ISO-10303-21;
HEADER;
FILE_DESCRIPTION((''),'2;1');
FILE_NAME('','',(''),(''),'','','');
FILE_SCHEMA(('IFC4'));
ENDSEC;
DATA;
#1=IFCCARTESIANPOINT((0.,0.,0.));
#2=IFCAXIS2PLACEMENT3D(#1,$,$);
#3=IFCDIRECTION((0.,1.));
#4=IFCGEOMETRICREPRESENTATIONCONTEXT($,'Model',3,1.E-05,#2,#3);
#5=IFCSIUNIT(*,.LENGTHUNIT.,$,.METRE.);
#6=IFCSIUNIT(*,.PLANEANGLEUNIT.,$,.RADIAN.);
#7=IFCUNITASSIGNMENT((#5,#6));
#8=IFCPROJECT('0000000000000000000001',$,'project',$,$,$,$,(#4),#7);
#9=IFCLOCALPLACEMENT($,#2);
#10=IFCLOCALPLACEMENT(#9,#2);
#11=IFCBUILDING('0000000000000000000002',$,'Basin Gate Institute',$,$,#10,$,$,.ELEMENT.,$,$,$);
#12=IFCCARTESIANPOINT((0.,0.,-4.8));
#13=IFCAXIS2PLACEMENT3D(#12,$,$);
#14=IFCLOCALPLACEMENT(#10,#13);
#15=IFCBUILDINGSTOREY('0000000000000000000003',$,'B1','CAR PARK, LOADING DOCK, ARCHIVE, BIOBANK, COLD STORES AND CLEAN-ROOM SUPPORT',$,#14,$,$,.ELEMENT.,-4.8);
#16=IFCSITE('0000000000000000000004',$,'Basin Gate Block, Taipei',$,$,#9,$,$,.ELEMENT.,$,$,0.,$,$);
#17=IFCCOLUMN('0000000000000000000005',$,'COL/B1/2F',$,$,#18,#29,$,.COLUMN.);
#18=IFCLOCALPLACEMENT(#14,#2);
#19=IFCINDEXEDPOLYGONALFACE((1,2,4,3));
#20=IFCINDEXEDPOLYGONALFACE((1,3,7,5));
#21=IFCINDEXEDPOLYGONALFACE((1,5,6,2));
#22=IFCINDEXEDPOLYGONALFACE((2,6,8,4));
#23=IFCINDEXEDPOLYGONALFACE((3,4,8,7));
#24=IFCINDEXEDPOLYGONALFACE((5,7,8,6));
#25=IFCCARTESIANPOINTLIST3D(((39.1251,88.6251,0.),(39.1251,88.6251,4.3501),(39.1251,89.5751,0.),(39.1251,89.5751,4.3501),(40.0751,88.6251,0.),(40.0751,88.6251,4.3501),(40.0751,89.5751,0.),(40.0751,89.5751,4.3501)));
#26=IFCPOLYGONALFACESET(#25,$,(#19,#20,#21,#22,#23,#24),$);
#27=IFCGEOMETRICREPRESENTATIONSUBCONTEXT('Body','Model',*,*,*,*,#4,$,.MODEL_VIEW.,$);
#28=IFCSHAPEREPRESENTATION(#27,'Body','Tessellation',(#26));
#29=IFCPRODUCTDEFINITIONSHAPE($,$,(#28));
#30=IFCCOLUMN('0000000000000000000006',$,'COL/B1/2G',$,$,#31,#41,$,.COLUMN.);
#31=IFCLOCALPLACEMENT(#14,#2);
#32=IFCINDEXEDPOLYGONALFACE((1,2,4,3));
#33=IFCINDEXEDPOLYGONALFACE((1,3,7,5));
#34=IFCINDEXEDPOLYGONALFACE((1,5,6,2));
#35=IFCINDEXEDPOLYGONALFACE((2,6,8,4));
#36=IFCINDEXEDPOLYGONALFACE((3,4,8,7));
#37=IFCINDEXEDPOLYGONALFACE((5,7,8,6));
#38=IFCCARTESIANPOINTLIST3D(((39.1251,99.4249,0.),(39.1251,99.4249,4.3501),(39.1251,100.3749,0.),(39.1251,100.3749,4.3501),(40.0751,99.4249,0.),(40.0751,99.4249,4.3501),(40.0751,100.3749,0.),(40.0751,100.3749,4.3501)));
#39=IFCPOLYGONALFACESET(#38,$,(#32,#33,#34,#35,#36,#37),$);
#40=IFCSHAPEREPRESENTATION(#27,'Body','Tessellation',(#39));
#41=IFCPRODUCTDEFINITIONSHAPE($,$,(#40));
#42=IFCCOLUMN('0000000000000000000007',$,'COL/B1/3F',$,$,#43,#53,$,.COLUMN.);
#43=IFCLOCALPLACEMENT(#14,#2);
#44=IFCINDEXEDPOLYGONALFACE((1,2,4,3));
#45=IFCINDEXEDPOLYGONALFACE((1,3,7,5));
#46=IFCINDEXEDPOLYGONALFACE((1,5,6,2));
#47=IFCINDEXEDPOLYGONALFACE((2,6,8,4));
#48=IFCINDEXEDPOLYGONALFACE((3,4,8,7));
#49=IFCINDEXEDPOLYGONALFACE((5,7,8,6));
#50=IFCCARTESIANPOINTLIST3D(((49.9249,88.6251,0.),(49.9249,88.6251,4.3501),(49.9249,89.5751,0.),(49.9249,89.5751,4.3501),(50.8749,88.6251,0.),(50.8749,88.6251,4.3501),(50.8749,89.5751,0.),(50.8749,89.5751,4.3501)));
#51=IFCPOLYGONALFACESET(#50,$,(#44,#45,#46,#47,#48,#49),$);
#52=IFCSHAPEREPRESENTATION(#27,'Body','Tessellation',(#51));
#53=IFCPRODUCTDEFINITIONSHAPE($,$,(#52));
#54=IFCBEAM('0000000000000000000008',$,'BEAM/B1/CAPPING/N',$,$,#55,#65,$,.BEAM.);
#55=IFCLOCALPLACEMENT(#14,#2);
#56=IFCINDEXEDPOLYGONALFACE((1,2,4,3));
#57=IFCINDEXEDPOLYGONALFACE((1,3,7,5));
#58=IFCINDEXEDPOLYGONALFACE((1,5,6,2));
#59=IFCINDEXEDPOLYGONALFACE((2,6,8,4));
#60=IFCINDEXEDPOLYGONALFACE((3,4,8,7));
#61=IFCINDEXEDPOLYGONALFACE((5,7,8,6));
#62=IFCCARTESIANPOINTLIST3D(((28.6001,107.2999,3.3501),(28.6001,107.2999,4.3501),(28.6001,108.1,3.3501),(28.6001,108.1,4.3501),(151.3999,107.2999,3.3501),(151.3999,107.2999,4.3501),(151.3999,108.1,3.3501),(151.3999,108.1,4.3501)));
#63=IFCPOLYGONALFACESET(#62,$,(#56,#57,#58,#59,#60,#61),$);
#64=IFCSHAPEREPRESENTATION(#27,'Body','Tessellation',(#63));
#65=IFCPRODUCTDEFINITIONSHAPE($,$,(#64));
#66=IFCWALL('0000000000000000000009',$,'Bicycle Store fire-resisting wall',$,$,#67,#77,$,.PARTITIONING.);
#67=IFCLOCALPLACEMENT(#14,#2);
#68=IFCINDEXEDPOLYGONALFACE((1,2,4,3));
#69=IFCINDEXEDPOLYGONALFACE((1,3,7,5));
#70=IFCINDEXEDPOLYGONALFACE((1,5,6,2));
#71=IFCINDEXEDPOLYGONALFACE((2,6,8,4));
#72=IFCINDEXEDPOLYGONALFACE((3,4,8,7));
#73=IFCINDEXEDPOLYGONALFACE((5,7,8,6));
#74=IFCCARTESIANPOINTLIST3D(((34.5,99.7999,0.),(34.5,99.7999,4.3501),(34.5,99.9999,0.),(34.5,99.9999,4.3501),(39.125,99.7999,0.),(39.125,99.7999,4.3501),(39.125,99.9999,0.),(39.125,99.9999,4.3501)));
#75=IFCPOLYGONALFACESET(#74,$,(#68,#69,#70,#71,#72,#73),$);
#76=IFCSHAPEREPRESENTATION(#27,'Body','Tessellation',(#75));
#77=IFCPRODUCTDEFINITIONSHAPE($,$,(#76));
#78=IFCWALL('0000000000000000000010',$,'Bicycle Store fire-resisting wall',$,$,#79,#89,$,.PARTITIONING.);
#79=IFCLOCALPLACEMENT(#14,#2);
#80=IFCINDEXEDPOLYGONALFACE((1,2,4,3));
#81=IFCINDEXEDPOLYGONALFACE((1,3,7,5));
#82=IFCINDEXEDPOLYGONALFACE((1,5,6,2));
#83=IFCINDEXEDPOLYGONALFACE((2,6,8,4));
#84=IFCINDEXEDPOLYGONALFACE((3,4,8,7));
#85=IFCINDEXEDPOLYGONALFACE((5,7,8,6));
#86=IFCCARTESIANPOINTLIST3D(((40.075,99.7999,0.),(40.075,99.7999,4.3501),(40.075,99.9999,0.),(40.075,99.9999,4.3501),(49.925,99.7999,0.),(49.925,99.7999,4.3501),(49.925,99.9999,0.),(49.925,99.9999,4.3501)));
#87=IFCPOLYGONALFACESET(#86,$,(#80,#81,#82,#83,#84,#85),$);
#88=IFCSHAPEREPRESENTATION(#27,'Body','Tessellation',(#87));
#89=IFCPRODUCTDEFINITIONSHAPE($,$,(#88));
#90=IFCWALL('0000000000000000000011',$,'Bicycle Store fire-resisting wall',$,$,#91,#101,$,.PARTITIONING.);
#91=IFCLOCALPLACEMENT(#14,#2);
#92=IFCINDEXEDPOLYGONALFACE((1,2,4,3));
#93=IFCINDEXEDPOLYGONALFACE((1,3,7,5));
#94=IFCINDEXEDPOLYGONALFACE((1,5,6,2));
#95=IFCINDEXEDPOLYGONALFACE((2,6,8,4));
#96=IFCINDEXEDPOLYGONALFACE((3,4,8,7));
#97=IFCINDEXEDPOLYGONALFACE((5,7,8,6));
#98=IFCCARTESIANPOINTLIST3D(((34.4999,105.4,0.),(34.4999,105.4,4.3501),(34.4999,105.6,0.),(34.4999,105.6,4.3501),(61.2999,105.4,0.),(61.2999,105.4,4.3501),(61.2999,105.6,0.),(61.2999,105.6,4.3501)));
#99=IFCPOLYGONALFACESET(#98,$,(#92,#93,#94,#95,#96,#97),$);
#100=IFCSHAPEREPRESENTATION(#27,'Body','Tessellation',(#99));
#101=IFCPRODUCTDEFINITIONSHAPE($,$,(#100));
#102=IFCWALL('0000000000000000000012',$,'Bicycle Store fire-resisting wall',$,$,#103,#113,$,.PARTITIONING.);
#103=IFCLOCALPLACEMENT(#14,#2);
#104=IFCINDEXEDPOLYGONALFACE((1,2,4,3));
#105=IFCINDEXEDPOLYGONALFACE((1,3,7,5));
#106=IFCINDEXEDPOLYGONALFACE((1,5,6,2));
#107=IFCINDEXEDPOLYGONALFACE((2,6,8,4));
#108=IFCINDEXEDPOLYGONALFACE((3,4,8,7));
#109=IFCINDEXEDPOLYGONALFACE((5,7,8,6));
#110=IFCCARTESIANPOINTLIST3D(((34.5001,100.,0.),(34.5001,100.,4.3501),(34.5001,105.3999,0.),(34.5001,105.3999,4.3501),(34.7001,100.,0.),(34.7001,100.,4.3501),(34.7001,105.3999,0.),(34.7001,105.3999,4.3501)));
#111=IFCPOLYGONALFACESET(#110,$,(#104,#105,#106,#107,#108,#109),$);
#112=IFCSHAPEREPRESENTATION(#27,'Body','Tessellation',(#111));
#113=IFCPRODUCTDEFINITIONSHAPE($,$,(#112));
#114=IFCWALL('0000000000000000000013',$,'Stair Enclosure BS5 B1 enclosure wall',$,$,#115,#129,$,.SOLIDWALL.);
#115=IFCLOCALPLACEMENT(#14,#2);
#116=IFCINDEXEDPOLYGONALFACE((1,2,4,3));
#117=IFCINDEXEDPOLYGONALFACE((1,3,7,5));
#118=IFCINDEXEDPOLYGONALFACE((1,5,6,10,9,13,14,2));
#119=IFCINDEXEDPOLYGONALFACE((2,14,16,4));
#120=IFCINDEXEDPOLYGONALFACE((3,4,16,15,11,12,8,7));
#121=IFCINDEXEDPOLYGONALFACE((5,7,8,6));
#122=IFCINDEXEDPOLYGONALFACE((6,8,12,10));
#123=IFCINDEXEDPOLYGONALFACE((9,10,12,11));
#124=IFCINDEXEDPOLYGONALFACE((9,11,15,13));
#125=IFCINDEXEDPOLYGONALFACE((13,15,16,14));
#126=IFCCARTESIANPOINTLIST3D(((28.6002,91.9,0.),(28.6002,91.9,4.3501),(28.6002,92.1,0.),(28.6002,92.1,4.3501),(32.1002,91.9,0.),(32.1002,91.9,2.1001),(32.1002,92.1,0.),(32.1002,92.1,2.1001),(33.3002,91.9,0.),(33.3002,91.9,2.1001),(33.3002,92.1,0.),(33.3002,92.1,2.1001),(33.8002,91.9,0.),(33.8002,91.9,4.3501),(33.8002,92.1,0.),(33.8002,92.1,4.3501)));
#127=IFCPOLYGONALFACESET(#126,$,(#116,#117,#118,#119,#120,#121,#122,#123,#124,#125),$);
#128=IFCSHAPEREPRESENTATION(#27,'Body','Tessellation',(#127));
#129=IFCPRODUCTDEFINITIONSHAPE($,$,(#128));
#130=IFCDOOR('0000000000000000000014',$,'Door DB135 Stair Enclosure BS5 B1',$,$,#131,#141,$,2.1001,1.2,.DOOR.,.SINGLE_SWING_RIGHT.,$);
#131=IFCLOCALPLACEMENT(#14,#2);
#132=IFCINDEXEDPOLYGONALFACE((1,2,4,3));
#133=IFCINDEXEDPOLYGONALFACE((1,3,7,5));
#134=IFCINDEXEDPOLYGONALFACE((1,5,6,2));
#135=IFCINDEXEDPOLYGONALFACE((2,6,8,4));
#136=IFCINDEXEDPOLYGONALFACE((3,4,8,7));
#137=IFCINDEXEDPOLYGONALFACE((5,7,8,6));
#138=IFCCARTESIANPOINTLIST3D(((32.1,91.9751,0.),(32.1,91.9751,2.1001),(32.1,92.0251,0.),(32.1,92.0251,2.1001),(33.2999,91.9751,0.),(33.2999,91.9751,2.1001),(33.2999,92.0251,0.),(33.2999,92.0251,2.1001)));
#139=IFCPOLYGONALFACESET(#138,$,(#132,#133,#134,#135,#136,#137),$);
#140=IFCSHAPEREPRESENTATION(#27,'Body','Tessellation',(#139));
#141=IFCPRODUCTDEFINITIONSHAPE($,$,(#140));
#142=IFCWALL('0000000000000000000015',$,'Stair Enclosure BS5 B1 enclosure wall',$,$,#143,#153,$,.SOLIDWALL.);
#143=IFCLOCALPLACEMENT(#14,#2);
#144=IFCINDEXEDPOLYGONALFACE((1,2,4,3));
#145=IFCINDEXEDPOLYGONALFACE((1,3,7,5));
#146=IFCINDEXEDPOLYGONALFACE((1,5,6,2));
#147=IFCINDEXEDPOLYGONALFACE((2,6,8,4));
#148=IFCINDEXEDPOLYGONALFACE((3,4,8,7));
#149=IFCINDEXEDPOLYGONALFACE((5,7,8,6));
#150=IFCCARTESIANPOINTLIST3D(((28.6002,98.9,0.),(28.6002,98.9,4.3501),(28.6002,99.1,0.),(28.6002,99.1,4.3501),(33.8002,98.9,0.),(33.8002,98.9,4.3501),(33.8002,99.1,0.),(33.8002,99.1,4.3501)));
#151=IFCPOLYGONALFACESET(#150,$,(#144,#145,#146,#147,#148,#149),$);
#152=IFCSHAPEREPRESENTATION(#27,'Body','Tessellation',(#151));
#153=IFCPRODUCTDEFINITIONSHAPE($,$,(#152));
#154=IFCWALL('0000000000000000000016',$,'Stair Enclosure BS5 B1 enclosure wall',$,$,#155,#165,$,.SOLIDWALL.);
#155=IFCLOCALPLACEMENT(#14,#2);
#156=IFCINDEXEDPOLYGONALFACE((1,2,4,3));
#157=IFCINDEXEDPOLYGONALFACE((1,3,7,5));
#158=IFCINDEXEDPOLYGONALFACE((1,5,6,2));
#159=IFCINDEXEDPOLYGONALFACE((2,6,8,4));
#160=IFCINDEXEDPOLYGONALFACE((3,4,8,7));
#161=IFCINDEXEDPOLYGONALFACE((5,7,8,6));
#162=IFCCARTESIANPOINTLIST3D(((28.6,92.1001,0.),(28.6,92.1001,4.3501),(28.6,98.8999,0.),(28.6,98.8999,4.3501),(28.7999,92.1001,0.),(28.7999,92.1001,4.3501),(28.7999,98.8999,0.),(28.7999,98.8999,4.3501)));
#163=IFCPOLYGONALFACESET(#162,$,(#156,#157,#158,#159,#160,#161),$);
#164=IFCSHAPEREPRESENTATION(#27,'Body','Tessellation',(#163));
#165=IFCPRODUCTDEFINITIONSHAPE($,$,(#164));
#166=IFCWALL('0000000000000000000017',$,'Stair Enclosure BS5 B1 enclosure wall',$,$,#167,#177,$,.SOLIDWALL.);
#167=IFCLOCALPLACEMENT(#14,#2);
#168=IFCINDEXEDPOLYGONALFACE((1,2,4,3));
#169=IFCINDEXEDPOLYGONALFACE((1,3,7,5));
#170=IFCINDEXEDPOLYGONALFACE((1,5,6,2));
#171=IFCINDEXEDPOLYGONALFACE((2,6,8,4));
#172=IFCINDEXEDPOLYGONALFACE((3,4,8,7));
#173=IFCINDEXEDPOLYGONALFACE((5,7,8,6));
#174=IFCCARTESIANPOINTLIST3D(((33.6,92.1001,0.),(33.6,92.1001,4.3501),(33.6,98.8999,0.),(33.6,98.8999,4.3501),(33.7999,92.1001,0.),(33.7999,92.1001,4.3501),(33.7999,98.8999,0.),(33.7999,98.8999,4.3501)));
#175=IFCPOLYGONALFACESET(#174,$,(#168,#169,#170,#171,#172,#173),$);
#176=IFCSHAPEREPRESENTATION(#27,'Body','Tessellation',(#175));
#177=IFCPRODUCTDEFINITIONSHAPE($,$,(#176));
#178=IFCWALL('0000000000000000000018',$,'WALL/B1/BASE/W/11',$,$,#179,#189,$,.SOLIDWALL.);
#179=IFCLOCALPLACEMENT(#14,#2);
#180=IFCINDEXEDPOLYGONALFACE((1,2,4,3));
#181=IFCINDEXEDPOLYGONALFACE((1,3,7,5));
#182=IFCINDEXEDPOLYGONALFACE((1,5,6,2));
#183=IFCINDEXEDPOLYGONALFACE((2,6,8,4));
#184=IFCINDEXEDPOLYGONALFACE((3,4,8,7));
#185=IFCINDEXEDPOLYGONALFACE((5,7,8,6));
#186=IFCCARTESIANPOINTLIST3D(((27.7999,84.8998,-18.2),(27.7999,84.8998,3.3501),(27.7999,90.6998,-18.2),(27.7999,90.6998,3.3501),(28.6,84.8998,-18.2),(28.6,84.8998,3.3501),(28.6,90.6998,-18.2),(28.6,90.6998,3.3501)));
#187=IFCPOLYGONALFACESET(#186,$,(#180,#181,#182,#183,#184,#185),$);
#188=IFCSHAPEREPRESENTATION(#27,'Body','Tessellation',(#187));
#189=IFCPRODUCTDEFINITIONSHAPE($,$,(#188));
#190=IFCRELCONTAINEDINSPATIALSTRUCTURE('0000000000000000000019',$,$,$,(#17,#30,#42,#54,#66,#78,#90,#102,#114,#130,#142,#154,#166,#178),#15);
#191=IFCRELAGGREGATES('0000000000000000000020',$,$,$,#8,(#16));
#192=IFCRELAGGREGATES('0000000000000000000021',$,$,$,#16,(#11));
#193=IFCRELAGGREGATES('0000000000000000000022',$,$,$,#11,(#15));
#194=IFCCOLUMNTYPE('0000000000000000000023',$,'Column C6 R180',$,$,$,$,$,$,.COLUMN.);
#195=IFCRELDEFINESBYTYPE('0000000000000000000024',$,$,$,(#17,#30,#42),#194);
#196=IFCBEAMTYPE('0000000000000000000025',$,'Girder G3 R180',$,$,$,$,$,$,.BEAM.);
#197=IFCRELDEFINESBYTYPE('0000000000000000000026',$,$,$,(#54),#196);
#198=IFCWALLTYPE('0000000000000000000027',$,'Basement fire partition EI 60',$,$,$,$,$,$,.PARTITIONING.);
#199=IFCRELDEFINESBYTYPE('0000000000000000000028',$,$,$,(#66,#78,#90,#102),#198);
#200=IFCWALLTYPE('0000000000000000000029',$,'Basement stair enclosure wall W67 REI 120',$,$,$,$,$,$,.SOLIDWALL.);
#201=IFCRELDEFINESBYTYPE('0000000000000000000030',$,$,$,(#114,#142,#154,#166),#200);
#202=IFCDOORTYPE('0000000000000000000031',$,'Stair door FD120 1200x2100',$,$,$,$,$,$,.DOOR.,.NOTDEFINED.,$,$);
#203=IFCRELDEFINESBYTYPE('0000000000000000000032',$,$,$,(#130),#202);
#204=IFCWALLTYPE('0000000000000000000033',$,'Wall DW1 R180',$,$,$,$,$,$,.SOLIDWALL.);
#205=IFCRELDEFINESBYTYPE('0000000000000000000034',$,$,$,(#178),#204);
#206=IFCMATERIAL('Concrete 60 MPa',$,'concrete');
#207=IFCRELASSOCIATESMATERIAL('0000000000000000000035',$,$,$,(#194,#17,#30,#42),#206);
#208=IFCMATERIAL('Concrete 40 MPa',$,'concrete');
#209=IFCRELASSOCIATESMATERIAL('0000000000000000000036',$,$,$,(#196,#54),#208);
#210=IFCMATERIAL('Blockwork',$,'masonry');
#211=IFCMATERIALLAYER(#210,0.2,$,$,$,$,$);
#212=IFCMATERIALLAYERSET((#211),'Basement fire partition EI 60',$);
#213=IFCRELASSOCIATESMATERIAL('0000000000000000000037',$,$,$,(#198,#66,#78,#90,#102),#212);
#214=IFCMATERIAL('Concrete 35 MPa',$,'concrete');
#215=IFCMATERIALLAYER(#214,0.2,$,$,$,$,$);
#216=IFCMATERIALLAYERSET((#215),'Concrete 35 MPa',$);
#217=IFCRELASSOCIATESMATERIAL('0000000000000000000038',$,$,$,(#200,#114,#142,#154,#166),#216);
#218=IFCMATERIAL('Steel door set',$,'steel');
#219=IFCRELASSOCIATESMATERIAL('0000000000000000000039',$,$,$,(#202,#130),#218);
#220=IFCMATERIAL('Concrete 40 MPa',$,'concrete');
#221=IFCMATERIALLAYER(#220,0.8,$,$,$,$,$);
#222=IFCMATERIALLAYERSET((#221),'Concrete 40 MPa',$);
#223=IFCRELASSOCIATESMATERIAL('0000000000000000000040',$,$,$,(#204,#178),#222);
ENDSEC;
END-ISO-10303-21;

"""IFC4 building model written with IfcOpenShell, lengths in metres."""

from ifc_helpers import new_model, si_unit, direction, frame, frame_2d, origin, origin_2d, place, context, subcontext, project, spatial, rectangle, extrude, material, layer, layer_set, material_profile, profile_set, type_object, element, fill, save


model = new_model("IFC4")

# Units and contexts
model_context = context("Model", 3, precision=1e-05, world=origin(), true_north=direction((0.0, 1.0)))
body_context = subcontext(model_context, "Body", "Model", "MODEL_VIEW")
ifc_project = project(units=[si_unit("LENGTHUNIT", "METRE"), si_unit("PLANEANGLEUNIT", "RADIAN")], contexts=[model_context])

# Site, building, storey
site_placement = place(None, origin())
site = spatial("IfcSite", under=ifc_project, at=site_placement, Name="Basin Gate Block, Taipei", CompositionType="ELEMENT", RefElevation=0.0)
building_placement = place(site_placement, origin())
building = spatial("IfcBuilding", under=site, at=building_placement, Name="Basin Gate Institute", CompositionType="ELEMENT")
storey_placement = place(building_placement, frame((0.0, 0.0, -4.8)))
storey = spatial("IfcBuildingStorey", under=building, at=storey_placement, Name="B1", Description="CAR PARK, LOADING DOCK, ARCHIVE, BIOBANK, COLD STORES AND CLEAN-ROOM SUPPORT", CompositionType="ELEMENT", Elevation=-4.8)

# Columns
ifc_material_1 = material(Name="Concrete 60 MPa", Category="concrete")
ifc_material_profile_1 = material_profile(ifc_material_1, rectangle(XDim=0.95, YDim=0.95, at=origin_2d()), Name="Column C6 950 x 950")
ifc_profile_set_1 = profile_set([ifc_material_profile_1], Name="Concrete 60 MPa")
column_type = type_object("IfcColumnType", Name="Column C6 R180", PredefinedType="COLUMN", material=ifc_profile_set_1)
for number, where, z_axis, x_axis, name in (
    (1, (39.6001, 89.1001, 0.0), (0.0, 0.0, 1.0), (1.0, 0.0, 0.0), "COL/B1/2F"),
    (2, (39.6001, 99.8999, 0.0), (0.0, 0.0, 1.0), (1.0, 0.0, 0.0), "COL/B1/2G"),
    (3, (50.3999, 89.1001, 0.0), (0.0, 0.0, 1.0), (1.0, 0.0, 0.0), "COL/B1/3F"),
):
    element("IfcColumn", number, at=place(storey_placement, frame(where, z_axis=z_axis, x_axis=x_axis)), inside=storey, type_object=column_type, material=ifc_profile_set_1, Name=name, PredefinedType="COLUMN", context=body_context, shape_type="SweptSolid", body=[
        extrude(rectangle(XDim=0.95, YDim=0.95, at=origin_2d()), origin(), (0.0, 0.0, 1.0), 4.3501),
    ])

# Beam
ifc_material_2 = material(Name="Concrete 40 MPa", Category="concrete")
ifc_material_profile_2 = material_profile(ifc_material_2, rectangle(XDim=0.8, YDim=1.0, at=origin_2d()), Name="Girder G3 800 x 1000")
ifc_profile_set_2 = profile_set([ifc_material_profile_2], Name="Concrete 40 MPa")
beam_type = type_object("IfcBeamType", Name="Girder G3 R180", PredefinedType="BEAM", material=ifc_profile_set_2)
beam_placement = place(storey_placement, frame((28.6001, 107.7, 3.8501), z_axis=(1.0, 0.0, 0.0), x_axis=(0.0, 1.0, 0.0)))
element("IfcBeam", 4, at=beam_placement, inside=storey, type_object=beam_type, material=ifc_profile_set_2, Name="BEAM/B1/CAPPING/N", PredefinedType="BEAM", context=body_context, shape_type="SweptSolid", body=[
    extrude(rectangle(XDim=0.8, YDim=1.0, at=origin_2d()), origin(), (0.0, 0.0, 1.0), 122.7998),
])

# Walls
ifc_material_3 = material(Name="Blockwork", Category="masonry")
ifc_layer_1 = layer(ifc_material_3, 0.2)
ifc_layer_set_1 = layer_set([ifc_layer_1], Name="Basement fire partition EI 60")
wall_type_1 = type_object("IfcWallType", Name="Basement fire partition EI 60", PredefinedType="PARTITIONING", material=ifc_layer_set_1)
wall_1_placement = place(storey_placement, frame((34.5, 99.8999, 0.0), z_axis=(0.0, 0.0, 1.0), x_axis=(1.0, 0.0, 0.0)))
element("IfcWall", 5, at=wall_1_placement, inside=storey, type_object=wall_type_1, material=ifc_layer_set_1, Name="Bicycle Store fire-resisting wall", PredefinedType="PARTITIONING", context=body_context, shape_type="SweptSolid", body=[
    extrude(rectangle(XDim=4.625, YDim=0.2, at=frame_2d((2.3125, 0.0))), origin(), (0.0, 0.0, 1.0), 4.3501),
])
wall_2_placement = place(storey_placement, frame((40.075, 99.8999, 0.0), z_axis=(0.0, 0.0, 1.0), x_axis=(1.0, 0.0, 0.0)))
element("IfcWall", 6, at=wall_2_placement, inside=storey, type_object=wall_type_1, material=ifc_layer_set_1, Name="Bicycle Store fire-resisting wall", PredefinedType="PARTITIONING", context=body_context, shape_type="SweptSolid", body=[
    extrude(rectangle(XDim=9.8501, YDim=0.2, at=frame_2d((4.925, 0.0))), origin(), (0.0, 0.0, 1.0), 4.3501),
])
wall_3_placement = place(storey_placement, frame((34.5, 105.5, 0.0), z_axis=(0.0, 0.0, 1.0), x_axis=(1.0, 0.0, 0.0)))
element("IfcWall", 7, at=wall_3_placement, inside=storey, type_object=wall_type_1, material=ifc_layer_set_1, Name="Bicycle Store fire-resisting wall", PredefinedType="PARTITIONING", context=body_context, shape_type="SweptSolid", body=[
    extrude(rectangle(XDim=26.8, YDim=0.2, at=frame_2d((13.3999, 0.0))), origin(), (0.0, 0.0, 1.0), 4.3501),
])
wall_4_placement = place(storey_placement, frame((34.6001, 100.0, 0.0), z_axis=(0.0, 0.0, 1.0), x_axis=(0.0, 1.0, 0.0)))
element("IfcWall", 8, at=wall_4_placement, inside=storey, type_object=wall_type_1, material=ifc_layer_set_1, Name="Bicycle Store fire-resisting wall", PredefinedType="PARTITIONING", context=body_context, shape_type="SweptSolid", body=[
    extrude(rectangle(XDim=5.3999, YDim=0.2, at=frame_2d((2.7, 0.0))), origin(), (0.0, 0.0, 1.0), 4.3501),
])

# Wall, opening, door
ifc_material_4 = material(Name="Concrete 35 MPa", Category="concrete")
ifc_layer_2 = layer(ifc_material_4, 0.2)
ifc_layer_set_2 = layer_set([ifc_layer_2], Name="Concrete 35 MPa")
wall_type_2 = type_object("IfcWallType", Name="Basement stair enclosure wall W67 REI 120", PredefinedType="SOLIDWALL", material=ifc_layer_set_2)
wall_5_placement = place(storey_placement, frame((28.6001, 92.0, 0.0), z_axis=(0.0, 0.0, 1.0), x_axis=(1.0, 0.0, 0.0)))
wall_5 = element("IfcWall", 9, at=wall_5_placement, inside=storey, type_object=wall_type_2, material=ifc_layer_set_2, Name="Stair Enclosure BS5 B1 enclosure wall", PredefinedType="SOLIDWALL", context=body_context, shape_type="SweptSolid", body=[
    extrude(rectangle(XDim=5.2, YDim=0.2, at=frame_2d((2.6001, 0.0))), origin(), (0.0, 0.0, 1.0), 4.3501),
])
opening_placement = place(wall_5_placement, frame((3.5, 0.0, 0.0)))
opening = element("IfcOpeningElement", 10, at=opening_placement, cuts=wall_5, PredefinedType="OPENING", context=body_context, shape_type="SweptSolid", body=[
    extrude(rectangle(XDim=1.2, YDim=2.1001, at=frame_2d((0.6001, 1.05))), frame((0.0, 0.1099, 0.0), z_axis=(0.0, -1.0, 0.0), x_axis=(1.0, 0.0, 0.0)), (0.0, 0.0, 1.0), 0.22),
])
ifc_material_5 = material(Name="Steel door set", Category="steel")
door_type = type_object("IfcDoorType", Name="Stair door FD120 1200x2100", OperationType="NOTDEFINED", PredefinedType="DOOR", material=ifc_material_5)
door_placement = place(opening_placement, frame((1.2, 0.0, 0.0), z_axis=(0.0, 0.0, 1.0), x_axis=(-1.0, 0.0, 0.0)))
door = element("IfcDoor", 11, at=door_placement, inside=storey, type_object=door_type, material=ifc_material_5, Name="Door DB135 Stair Enclosure BS5 B1", OperationType="SINGLE_SWING_RIGHT", OverallHeight=2.1001, OverallWidth=1.2, PredefinedType="DOOR", context=body_context, shape_type="SweptSolid", body=[
    extrude(rectangle(XDim=1.2, YDim=2.1001, at=frame_2d((0.6001, 1.05))), frame((0.0, 0.0249, 0.0), z_axis=(0.0, -1.0, 0.0), x_axis=(1.0, 0.0, 0.0)), (0.0, 0.0, 1.0), 0.05),
])
fill(opening, door)

# Walls
wall_6_placement = place(storey_placement, frame((28.6001, 99.0, 0.0), z_axis=(0.0, 0.0, 1.0), x_axis=(1.0, 0.0, 0.0)))
element("IfcWall", 12, at=wall_6_placement, inside=storey, type_object=wall_type_2, material=ifc_layer_set_2, Name="Stair Enclosure BS5 B1 enclosure wall", PredefinedType="SOLIDWALL", context=body_context, shape_type="SweptSolid", body=[
    extrude(rectangle(XDim=5.2, YDim=0.2, at=frame_2d((2.6001, 0.0))), origin(), (0.0, 0.0, 1.0), 4.3501),
])
for number, where, z_axis, x_axis, name in (
    (13, (28.7, 92.1001, 0.0), (0.0, 0.0, 1.0), (0.0, 1.0, 0.0), "Stair Enclosure BS5 B1 enclosure wall"),
    (14, (33.7, 92.1001, 0.0), (0.0, 0.0, 1.0), (0.0, 1.0, 0.0), "Stair Enclosure BS5 B1 enclosure wall"),
):
    element("IfcWall", number, at=place(storey_placement, frame(where, z_axis=z_axis, x_axis=x_axis)), inside=storey, type_object=wall_type_2, material=ifc_layer_set_2, Name=name, PredefinedType="SOLIDWALL", context=body_context, shape_type="SweptSolid", body=[
        extrude(rectangle(XDim=6.7998, YDim=0.2, at=frame_2d((3.3999, 0.0))), origin(), (0.0, 0.0, 1.0), 4.3501),
    ])
ifc_material_6 = material(Name="Concrete 40 MPa", Category="concrete")
ifc_layer_3 = layer(ifc_material_6, 0.8)
ifc_layer_set_3 = layer_set([ifc_layer_3], Name="Concrete 40 MPa")
wall_type_3 = type_object("IfcWallType", Name="Wall DW1 R180", PredefinedType="SOLIDWALL", material=ifc_layer_set_3)
for number, where, z_axis, x_axis, name in (
    (15, (28.2, 84.8999, -18.2), (0.0, 0.0, 1.0), (0.0, 1.0, 0.0), "WALL/B1/BASE/W/11"),
):
    element("IfcWall", number, at=place(storey_placement, frame(where, z_axis=z_axis, x_axis=x_axis)), inside=storey, type_object=wall_type_3, material=ifc_layer_set_3, Name=name, PredefinedType="SOLIDWALL", context=body_context, shape_type="SweptSolid", body=[
        extrude(rectangle(XDim=5.8, YDim=0.8, at=frame_2d((2.8999, 0.0))), origin(), (0.0, 0.0, 1.0), 21.55),
    ])

save(model, "model.ifc")
